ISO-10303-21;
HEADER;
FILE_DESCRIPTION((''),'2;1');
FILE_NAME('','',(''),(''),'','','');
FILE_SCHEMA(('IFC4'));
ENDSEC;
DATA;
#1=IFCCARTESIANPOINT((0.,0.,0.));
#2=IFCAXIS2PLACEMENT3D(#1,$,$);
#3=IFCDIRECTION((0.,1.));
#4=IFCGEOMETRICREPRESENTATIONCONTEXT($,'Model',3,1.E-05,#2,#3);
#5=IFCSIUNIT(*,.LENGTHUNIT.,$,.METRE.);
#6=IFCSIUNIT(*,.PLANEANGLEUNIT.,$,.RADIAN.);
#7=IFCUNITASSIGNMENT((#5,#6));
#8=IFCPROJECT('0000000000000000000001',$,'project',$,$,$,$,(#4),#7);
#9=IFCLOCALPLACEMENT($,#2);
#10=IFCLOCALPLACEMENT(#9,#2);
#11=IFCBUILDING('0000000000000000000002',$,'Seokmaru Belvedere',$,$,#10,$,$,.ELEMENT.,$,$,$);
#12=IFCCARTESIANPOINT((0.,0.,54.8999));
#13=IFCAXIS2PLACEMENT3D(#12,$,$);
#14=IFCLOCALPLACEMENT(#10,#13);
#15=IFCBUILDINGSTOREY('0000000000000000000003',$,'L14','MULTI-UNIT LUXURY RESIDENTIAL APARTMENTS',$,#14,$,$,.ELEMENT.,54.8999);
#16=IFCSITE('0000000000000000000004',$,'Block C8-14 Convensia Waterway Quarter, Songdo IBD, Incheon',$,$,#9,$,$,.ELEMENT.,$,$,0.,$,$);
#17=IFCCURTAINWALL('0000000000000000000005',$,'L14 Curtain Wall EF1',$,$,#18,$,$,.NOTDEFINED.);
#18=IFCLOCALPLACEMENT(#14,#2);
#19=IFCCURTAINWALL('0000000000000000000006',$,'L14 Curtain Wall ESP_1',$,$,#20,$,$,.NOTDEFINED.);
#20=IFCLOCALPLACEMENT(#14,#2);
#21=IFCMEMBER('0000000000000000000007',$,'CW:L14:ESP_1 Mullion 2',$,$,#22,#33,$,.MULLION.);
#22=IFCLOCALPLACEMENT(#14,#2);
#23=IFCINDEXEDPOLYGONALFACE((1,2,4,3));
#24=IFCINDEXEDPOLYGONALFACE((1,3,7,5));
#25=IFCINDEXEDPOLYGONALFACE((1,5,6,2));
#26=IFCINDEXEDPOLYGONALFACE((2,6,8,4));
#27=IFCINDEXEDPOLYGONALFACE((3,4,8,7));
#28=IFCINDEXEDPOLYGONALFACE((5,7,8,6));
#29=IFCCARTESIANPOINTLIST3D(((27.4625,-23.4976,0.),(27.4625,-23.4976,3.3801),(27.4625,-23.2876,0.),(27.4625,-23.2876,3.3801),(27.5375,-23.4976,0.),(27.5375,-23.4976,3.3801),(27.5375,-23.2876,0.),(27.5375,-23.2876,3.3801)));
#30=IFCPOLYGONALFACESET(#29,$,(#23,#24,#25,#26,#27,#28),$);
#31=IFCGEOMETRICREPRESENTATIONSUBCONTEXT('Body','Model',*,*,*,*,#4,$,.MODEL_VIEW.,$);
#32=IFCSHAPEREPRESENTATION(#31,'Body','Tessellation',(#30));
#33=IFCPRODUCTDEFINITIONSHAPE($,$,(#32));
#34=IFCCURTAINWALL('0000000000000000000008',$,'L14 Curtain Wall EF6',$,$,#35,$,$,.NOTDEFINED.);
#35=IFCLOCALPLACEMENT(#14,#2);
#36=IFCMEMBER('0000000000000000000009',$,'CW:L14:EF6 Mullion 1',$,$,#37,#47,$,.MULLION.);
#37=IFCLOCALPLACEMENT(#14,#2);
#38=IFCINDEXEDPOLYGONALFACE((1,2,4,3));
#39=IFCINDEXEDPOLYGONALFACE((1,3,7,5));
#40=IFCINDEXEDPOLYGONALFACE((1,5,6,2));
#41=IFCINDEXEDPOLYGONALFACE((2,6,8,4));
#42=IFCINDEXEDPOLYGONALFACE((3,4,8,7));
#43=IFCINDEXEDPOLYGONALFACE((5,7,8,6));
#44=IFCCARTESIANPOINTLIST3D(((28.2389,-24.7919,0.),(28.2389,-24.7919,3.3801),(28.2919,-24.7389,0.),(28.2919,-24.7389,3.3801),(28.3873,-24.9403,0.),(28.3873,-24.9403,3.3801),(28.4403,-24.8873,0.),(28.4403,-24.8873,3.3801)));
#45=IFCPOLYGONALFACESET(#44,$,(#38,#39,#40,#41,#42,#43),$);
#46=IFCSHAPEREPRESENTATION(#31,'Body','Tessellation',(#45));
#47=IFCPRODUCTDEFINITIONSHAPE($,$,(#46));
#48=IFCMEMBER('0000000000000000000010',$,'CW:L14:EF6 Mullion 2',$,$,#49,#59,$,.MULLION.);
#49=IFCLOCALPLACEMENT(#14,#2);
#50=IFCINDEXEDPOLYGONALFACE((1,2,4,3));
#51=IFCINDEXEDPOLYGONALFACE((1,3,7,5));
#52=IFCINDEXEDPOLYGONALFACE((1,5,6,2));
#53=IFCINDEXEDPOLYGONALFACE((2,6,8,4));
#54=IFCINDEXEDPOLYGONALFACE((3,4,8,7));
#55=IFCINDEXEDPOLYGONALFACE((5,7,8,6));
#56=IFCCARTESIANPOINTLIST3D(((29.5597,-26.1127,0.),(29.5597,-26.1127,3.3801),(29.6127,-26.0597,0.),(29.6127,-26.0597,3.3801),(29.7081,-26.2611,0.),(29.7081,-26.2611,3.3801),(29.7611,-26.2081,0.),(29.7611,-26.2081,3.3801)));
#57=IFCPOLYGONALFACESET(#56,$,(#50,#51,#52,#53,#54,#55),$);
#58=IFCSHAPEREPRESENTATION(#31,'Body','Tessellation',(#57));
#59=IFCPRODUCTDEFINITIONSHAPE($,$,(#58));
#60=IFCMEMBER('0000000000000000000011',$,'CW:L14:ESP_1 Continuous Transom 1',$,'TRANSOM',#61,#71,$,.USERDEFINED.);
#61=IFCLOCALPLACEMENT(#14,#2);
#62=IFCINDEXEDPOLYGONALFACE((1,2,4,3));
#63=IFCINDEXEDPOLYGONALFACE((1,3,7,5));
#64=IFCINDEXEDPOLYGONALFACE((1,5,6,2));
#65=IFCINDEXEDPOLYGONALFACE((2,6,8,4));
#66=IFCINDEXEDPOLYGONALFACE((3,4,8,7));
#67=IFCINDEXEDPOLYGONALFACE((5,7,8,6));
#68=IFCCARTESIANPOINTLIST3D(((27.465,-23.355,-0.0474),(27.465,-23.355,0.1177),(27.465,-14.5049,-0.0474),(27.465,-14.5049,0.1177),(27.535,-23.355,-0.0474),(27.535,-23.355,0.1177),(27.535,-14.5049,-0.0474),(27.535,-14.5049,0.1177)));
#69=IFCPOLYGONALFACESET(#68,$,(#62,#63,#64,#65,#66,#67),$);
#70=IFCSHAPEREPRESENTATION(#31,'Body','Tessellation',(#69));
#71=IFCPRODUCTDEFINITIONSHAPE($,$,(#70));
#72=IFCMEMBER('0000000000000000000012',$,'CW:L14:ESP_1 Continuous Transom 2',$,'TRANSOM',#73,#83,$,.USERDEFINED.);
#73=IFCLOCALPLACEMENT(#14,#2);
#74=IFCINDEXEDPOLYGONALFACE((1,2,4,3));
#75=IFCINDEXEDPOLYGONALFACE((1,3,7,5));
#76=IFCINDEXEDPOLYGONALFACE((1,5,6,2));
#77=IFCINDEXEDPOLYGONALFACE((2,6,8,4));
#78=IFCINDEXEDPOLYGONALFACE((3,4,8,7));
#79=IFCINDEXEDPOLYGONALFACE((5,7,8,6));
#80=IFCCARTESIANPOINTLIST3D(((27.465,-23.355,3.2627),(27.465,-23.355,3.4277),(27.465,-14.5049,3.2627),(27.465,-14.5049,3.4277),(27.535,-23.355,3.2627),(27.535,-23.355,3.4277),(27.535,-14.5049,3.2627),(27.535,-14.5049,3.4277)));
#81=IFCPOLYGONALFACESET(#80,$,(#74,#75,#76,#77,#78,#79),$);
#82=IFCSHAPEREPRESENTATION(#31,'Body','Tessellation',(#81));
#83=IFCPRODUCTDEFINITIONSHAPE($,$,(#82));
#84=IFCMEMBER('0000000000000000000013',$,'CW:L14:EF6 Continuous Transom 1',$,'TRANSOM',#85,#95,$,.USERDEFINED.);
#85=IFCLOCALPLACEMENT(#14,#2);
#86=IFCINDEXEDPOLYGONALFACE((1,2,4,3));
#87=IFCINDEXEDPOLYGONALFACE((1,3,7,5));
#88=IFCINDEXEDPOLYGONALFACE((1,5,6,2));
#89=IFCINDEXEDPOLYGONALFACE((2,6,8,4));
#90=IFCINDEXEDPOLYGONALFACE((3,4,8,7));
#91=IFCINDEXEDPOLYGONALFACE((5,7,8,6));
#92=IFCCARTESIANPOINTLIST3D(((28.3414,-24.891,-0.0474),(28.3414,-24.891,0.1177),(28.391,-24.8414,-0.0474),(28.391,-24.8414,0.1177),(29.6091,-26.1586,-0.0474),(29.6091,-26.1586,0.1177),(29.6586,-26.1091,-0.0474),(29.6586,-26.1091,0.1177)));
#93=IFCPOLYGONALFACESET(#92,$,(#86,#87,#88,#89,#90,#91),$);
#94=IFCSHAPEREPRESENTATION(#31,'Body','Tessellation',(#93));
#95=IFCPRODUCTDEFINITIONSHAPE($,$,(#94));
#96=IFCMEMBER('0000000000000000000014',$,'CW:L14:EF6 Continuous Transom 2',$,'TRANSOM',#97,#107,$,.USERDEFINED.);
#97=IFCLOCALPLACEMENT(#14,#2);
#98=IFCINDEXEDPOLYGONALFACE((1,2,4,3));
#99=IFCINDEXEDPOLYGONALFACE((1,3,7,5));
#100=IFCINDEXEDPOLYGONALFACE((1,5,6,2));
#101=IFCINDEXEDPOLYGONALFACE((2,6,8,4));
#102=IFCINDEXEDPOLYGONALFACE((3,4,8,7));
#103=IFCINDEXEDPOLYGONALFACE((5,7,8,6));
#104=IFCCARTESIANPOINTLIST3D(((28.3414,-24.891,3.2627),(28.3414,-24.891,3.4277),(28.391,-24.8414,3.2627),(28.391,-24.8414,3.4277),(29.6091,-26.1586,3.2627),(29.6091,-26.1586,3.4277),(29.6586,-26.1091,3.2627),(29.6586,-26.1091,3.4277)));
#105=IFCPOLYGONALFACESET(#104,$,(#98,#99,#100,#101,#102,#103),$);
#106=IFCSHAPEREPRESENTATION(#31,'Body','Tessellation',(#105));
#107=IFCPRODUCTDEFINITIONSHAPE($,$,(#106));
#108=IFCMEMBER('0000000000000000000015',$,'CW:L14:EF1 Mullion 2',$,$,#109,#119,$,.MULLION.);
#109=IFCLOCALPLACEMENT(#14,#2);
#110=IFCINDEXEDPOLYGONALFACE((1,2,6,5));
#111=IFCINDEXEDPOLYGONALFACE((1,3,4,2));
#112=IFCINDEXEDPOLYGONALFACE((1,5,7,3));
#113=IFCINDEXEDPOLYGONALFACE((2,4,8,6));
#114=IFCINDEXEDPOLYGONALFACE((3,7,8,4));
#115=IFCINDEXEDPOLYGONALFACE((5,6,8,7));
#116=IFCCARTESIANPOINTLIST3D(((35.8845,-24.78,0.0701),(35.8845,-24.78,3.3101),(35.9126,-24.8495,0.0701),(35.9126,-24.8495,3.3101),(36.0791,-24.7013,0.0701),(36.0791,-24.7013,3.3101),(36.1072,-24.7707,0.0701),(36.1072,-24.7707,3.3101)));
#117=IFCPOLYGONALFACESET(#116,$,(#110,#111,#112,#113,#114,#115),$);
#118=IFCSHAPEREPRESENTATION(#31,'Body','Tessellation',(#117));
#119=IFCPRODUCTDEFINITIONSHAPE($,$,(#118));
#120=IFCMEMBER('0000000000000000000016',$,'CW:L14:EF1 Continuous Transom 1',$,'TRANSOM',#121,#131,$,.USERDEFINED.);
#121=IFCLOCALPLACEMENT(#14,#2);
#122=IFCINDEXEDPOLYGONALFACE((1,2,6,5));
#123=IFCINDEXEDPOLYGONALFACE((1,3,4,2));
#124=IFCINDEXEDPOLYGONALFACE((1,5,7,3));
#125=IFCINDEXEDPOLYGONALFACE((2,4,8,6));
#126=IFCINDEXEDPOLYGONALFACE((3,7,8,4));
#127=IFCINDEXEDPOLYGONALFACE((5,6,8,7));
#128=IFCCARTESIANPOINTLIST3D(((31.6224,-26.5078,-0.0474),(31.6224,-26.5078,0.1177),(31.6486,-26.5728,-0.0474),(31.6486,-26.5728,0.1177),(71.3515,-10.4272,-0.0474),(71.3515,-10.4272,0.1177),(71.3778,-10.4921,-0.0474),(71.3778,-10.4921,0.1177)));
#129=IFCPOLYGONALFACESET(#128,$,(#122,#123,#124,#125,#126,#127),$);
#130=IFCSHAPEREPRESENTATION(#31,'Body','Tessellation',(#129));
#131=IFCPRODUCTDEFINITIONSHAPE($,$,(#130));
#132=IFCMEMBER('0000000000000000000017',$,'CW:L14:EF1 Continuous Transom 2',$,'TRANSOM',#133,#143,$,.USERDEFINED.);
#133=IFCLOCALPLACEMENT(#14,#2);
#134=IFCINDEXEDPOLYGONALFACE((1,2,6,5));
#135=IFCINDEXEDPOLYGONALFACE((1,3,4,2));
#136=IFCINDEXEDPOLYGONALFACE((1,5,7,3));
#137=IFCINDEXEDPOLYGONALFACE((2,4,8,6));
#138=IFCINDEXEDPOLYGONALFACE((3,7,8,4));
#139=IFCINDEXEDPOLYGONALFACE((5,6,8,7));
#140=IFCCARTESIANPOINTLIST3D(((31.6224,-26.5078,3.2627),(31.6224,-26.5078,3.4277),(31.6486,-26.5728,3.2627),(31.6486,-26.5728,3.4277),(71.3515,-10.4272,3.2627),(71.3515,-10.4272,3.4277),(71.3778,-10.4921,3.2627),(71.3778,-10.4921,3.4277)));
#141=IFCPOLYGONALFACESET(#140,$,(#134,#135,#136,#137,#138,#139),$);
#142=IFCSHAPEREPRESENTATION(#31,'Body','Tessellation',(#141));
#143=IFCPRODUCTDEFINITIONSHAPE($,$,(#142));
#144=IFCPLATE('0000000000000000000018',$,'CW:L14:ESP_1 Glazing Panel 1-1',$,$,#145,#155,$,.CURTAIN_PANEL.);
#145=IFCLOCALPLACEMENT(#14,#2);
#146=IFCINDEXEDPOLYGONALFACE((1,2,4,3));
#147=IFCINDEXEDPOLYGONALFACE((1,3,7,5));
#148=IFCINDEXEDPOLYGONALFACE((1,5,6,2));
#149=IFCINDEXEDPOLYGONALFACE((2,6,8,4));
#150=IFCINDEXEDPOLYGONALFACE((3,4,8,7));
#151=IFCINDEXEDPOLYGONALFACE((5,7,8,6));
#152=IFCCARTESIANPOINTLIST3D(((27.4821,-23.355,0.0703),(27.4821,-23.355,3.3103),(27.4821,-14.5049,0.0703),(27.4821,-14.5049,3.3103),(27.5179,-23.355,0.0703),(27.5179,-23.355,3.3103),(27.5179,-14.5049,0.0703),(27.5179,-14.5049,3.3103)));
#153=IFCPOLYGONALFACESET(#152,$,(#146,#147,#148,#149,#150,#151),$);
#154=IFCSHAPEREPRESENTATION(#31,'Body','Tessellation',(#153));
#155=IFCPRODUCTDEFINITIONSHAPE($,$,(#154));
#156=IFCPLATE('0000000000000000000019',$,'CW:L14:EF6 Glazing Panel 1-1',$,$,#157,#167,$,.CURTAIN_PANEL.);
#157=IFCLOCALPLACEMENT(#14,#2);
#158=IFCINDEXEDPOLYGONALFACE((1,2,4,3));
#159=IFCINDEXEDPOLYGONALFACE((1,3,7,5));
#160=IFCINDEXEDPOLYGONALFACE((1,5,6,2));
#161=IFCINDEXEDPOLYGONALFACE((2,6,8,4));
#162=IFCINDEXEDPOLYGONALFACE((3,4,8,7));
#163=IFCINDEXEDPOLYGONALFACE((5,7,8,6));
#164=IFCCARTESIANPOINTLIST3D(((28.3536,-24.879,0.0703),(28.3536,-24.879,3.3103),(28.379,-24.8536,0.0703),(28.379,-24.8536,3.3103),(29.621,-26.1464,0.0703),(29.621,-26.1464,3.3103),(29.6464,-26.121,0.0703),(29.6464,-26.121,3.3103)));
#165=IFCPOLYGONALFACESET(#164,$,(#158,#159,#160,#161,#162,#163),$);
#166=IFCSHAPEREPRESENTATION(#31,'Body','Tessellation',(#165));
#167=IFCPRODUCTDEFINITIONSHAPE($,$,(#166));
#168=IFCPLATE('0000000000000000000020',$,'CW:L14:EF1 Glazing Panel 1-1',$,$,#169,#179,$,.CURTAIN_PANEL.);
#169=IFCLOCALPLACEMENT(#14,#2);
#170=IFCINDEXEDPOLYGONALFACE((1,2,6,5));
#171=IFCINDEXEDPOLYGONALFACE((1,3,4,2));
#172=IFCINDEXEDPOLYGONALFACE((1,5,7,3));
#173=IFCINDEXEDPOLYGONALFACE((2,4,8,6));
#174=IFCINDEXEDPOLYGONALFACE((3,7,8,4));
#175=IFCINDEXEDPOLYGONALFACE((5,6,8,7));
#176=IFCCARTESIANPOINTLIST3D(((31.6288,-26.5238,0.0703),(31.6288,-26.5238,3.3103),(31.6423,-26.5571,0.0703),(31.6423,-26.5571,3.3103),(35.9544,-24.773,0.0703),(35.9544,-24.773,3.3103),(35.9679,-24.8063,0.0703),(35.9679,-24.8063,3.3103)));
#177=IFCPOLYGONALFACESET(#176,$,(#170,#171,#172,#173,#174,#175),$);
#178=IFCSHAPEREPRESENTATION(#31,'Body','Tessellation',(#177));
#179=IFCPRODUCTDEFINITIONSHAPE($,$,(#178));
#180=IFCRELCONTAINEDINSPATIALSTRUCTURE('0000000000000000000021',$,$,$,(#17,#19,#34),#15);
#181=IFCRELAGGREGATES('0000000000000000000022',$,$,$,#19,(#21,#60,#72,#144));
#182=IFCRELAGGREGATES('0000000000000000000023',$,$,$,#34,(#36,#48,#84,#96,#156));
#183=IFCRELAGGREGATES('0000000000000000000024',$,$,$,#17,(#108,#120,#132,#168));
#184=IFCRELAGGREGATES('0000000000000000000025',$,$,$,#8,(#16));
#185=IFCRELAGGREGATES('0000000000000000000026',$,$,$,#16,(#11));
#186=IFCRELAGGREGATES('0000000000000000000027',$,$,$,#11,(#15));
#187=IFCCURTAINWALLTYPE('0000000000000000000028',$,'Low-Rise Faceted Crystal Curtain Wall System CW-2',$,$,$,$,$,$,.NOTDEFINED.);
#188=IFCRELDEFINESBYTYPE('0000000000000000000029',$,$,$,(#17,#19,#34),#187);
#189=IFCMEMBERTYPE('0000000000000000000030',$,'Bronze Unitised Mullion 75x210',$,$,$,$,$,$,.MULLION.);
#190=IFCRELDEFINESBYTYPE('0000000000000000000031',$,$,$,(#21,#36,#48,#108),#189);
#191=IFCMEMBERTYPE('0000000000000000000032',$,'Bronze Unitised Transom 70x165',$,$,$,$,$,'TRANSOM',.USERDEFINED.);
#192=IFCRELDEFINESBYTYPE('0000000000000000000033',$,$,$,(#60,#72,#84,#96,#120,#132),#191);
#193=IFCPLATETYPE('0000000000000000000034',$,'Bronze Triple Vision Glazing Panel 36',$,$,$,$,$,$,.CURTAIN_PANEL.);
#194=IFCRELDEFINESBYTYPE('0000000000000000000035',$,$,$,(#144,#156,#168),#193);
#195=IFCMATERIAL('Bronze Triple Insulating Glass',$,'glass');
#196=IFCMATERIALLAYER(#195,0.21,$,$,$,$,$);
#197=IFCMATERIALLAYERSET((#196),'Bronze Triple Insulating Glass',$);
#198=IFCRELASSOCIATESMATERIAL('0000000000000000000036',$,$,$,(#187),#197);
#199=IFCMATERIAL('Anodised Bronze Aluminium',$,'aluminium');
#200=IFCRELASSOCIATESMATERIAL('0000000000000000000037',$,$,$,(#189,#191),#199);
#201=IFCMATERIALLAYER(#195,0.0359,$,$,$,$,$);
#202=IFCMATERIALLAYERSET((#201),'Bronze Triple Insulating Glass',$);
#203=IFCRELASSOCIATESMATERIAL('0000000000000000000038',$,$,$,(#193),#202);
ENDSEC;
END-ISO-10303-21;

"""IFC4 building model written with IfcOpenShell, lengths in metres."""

from ifc_helpers import new_model, si_unit, direction, frame, origin, origin_2d, place, context, subcontext, project, spatial, rectangle, extrude, source, transform, mapped, material, layer, layer_set, material_profile, profile_set, type_object, type_shapes, element, aggregate, save


model = new_model("IFC4")

# Units and contexts
model_context = context("Model", 3, precision=1e-05, world=origin(), true_north=direction((0.0, 1.0)))
body_context = subcontext(model_context, "Body", "Model", "MODEL_VIEW")
ifc_project = project(units=[si_unit("LENGTHUNIT", "METRE"), si_unit("PLANEANGLEUNIT", "RADIAN")], contexts=[model_context])

# Site, building, storey
site_placement = place(None, origin())
site = spatial("IfcSite", under=ifc_project, at=site_placement, Name="Block C8-14 Convensia Waterway Quarter, Songdo IBD, Incheon", CompositionType="ELEMENT", RefElevation=0.0)
building_placement = place(site_placement, origin())
building = spatial("IfcBuilding", under=site, at=building_placement, Name="Seokmaru Belvedere", CompositionType="ELEMENT")
storey_placement = place(building_placement, frame((0.0, 0.0, 54.8999)))
storey = spatial("IfcBuildingStorey", under=building, at=storey_placement, Name="L14", Description="MULTI-UNIT LUXURY RESIDENTIAL APARTMENTS", CompositionType="ELEMENT", Elevation=54.8999)

# Curtain wall
ifc_material_1 = material(Name="Bronze Triple Insulating Glass", Category="glass")
ifc_layer_1 = layer(ifc_material_1, 0.21)
ifc_layer_set_1 = layer_set([ifc_layer_1], Name="Bronze Triple Insulating Glass")
curtain_wall_type = type_object("IfcCurtainWallType", Name="Low-Rise Faceted Crystal Curtain Wall System CW-2", PredefinedType="NOTDEFINED", material=ifc_layer_set_1)
curtain_wall_1_placement = place(storey_placement, origin())
curtain_wall_1 = element("IfcCurtainWall", 1, at=curtain_wall_1_placement, inside=storey, type_object=curtain_wall_type, Name="L14 Curtain Wall EF1", PredefinedType="NOTDEFINED")
ifc_material_2 = material(Name="Anodised Bronze Aluminium", Category="aluminium")
ifc_material_profile_1 = material_profile(ifc_material_2, rectangle(XDim=0.075, YDim=0.21, at=origin_2d()), Name="CW-M-75x210")
ifc_profile_set_1 = profile_set([ifc_material_profile_1], Name="Anodised Bronze Aluminium")
member_type_1 = type_object("IfcMemberType", Name="Bronze Unitised Mullion 75x210", PredefinedType="MULLION", material=ifc_profile_set_1)
shared_shape_1 = source(origin(), body_context, "Body", "SweptSolid", [
    extrude(rectangle(XDim=0.075, YDim=0.21, at=origin_2d()), origin(), (0.0, 0.0, 1.0), 3.3801),
])

# Curtain walls, members
curtain_wall_2_placement = place(storey_placement, origin())
curtain_wall_2 = element("IfcCurtainWall", 2, at=curtain_wall_2_placement, inside=storey, type_object=curtain_wall_type, Name="L14 Curtain Wall ESP_1", PredefinedType="NOTDEFINED")
member_1_placement = place(storey_placement, frame((27.5, -23.3926, 0.0), z_axis=(0.0, 0.0, 1.0), x_axis=(1.0, 0.0, 0.0)))
member_1 = element("IfcMember", 3, at=member_1_placement, type_object=member_type_1, Name="CW:L14:ESP_1 Mullion 2", PredefinedType="MULLION", context=body_context, shape_type="MappedRepresentation", body=[
    mapped(shared_shape_1, transform((0.0, 0.0, 0.0), scale=1.0)),
])
curtain_wall_3_placement = place(storey_placement, origin())
curtain_wall_3 = element("IfcCurtainWall", 4, at=curtain_wall_3_placement, inside=storey, type_object=curtain_wall_type, Name="L14 Curtain Wall EF6", PredefinedType="NOTDEFINED")
member_2_placement = place(storey_placement, frame((28.3396, -24.8396, 0.0), z_axis=(0.0, 0.0, 1.0), x_axis=(0.707107, 0.707107, 0.0)))
member_2 = element("IfcMember", 5, at=member_2_placement, type_object=member_type_1, Name="CW:L14:EF6 Mullion 1", PredefinedType="MULLION", context=body_context, shape_type="MappedRepresentation", body=[
    mapped(shared_shape_1, transform((0.0, 0.0, 0.0), scale=1.0)),
])
member_3_placement = place(storey_placement, frame((29.6604, -26.1604, 0.0), z_axis=(0.0, 0.0, 1.0), x_axis=(0.707107, 0.707107, 0.0)))
member_3 = element("IfcMember", 6, at=member_3_placement, type_object=member_type_1, Name="CW:L14:EF6 Mullion 2", PredefinedType="MULLION", context=body_context, shape_type="MappedRepresentation", body=[
    mapped(shared_shape_1, transform((0.0, 0.0, 0.0), scale=1.0)),
])

# Members
ifc_material_profile_2 = material_profile(ifc_material_2, rectangle(XDim=0.0701, YDim=0.165, at=origin_2d()), Name="CW-T-70x165")
ifc_profile_set_2 = profile_set([ifc_material_profile_2], Name="Anodised Bronze Aluminium")
member_type_2 = type_object("IfcMemberType", Name="Bronze Unitised Transom 70x165", ElementType="TRANSOM", PredefinedType="USERDEFINED", material=ifc_profile_set_2)
shared_shape_2 = source(origin(), body_context, "Body", "SweptSolid", [
    extrude(rectangle(XDim=0.0701, YDim=0.165, at=origin_2d()), origin(), (0.0, 0.0, 1.0), 8.8501),
])
member_4_placement = place(storey_placement, frame((27.5, -14.5049, 0.0352), z_axis=(0.0, -1.0, 0.0), x_axis=(1.0, 0.0, 0.0)))
member_4 = element("IfcMember", 7, at=member_4_placement, type_object=member_type_2, Name="CW:L14:ESP_1 Continuous Transom 1", ObjectType="TRANSOM", PredefinedType="USERDEFINED", context=body_context, shape_type="MappedRepresentation", body=[
    mapped(shared_shape_2, transform((0.0, 0.0, 0.0), scale=1.0)),
])
member_5_placement = place(storey_placement, frame((27.5, -14.5049, 3.3452), z_axis=(0.0, -1.0, 0.0), x_axis=(1.0, 0.0, 0.0)))
member_5 = element("IfcMember", 8, at=member_5_placement, type_object=member_type_2, Name="CW:L14:ESP_1 Continuous Transom 2", ObjectType="TRANSOM", PredefinedType="USERDEFINED", context=body_context, shape_type="MappedRepresentation", body=[
    mapped(shared_shape_2, transform((0.0, 0.0, 0.0), scale=1.0)),
])
shared_shape_3 = source(origin(), body_context, "Body", "SweptSolid", [
    extrude(rectangle(XDim=0.0701, YDim=0.165, at=origin_2d()), origin(), (0.0, 0.0, 1.0), 1.7927),
])
member_6_placement = place(storey_placement, frame((28.3662, -24.8662, 0.0352), z_axis=(0.707107, -0.707107, 0.0), x_axis=(0.707107, 0.707107, 0.0)))
member_6 = element("IfcMember", 9, at=member_6_placement, type_object=member_type_2, Name="CW:L14:EF6 Continuous Transom 1", ObjectType="TRANSOM", PredefinedType="USERDEFINED", context=body_context, shape_type="MappedRepresentation", body=[
    mapped(shared_shape_3, transform((0.0, 0.0, 0.0), scale=1.0)),
])
member_7_placement = place(storey_placement, frame((28.3662, -24.8662, 3.3452), z_axis=(0.707107, -0.707107, 0.0), x_axis=(0.707107, 0.707107, 0.0)))
member_7 = element("IfcMember", 10, at=member_7_placement, type_object=member_type_2, Name="CW:L14:EF6 Continuous Transom 2", ObjectType="TRANSOM", PredefinedType="USERDEFINED", context=body_context, shape_type="MappedRepresentation", body=[
    mapped(shared_shape_3, transform((0.0, 0.0, 0.0), scale=1.0)),
])
shared_shape_4 = source(origin(), body_context, "Body", "SweptSolid", [
    extrude(rectangle(XDim=0.075, YDim=0.21, at=origin_2d()), origin(), (0.0, 0.0, 1.0), 3.24),
])
type_shapes(member_type_1, [shared_shape_1, shared_shape_4])
member_8_placement = place(storey_placement, frame((35.9958, -24.7754, 0.0701), z_axis=(0.0, 0.0, 1.0), x_axis=(-0.375192, 0.926947, 0.0)))
member_8 = element("IfcMember", 11, at=member_8_placement, type_object=member_type_1, Name="CW:L14:EF1 Mullion 2", PredefinedType="MULLION", context=body_context, shape_type="MappedRepresentation", body=[
    mapped(shared_shape_4, transform((0.0, 0.0, 0.0), scale=1.0)),
])
shared_shape_5 = source(origin(), body_context, "Body", "SweptSolid", [
    extrude(rectangle(XDim=0.0701, YDim=0.165, at=origin_2d()), origin(), (0.0, 0.0, 1.0), 42.8601),
])
type_shapes(member_type_2, [shared_shape_2, shared_shape_3, shared_shape_5])
member_9_placement = place(storey_placement, frame((31.6355, -26.5403, 0.0352), z_axis=(0.926949, 0.375188, 0.0), x_axis=(-0.375188, 0.926949, 0.0)))
member_9 = element("IfcMember", 12, at=member_9_placement, type_object=member_type_2, Name="CW:L14:EF1 Continuous Transom 1", ObjectType="TRANSOM", PredefinedType="USERDEFINED", context=body_context, shape_type="MappedRepresentation", body=[
    mapped(shared_shape_5, transform((0.0, 0.0, 0.0), scale=1.0)),
])
member_10_placement = place(storey_placement, frame((31.6355, -26.5403, 3.3452), z_axis=(0.926949, 0.375188, 0.0), x_axis=(-0.375188, 0.926949, 0.0)))
member_10 = element("IfcMember", 13, at=member_10_placement, type_object=member_type_2, Name="CW:L14:EF1 Continuous Transom 2", ObjectType="TRANSOM", PredefinedType="USERDEFINED", context=body_context, shape_type="MappedRepresentation", body=[
    mapped(shared_shape_5, transform((0.0, 0.0, 0.0), scale=1.0)),
])

# Plates
ifc_layer_2 = layer(ifc_material_1, 0.0359)
ifc_layer_set_2 = layer_set([ifc_layer_2], Name="Bronze Triple Insulating Glass")
plate_type = type_object("IfcPlateType", Name="Bronze Triple Vision Glazing Panel 36", PredefinedType="CURTAIN_PANEL", material=ifc_layer_set_2)
shared_shape_6 = source(origin(), body_context, "Body", "SweptSolid", [
    extrude(rectangle(XDim=8.8501, YDim=0.0359, at=origin_2d()), origin(), (0.0, 0.0, 1.0), 3.24),
])
plate_1_placement = place(storey_placement, frame((27.5, -18.9299, 0.0703), z_axis=(0.0, 0.0, 1.0), x_axis=(0.0, -1.0, 0.0)))
plate_1 = element("IfcPlate", 14, at=plate_1_placement, type_object=plate_type, Name="CW:L14:ESP_1 Glazing Panel 1-1", PredefinedType="CURTAIN_PANEL", context=body_context, shape_type="MappedRepresentation", body=[
    mapped(shared_shape_6, transform((0.0, 0.0, 0.0), scale=1.0)),
])
aggregate(curtain_wall_2, [member_1, member_4, member_5, plate_1])
shared_shape_7 = source(origin(), body_context, "Body", "SweptSolid", [
    extrude(rectangle(XDim=1.7925, YDim=0.0359, at=origin_2d()), origin(), (0.0, 0.0, 1.0), 3.24),
])
plate_2_placement = place(storey_placement, frame((29.0, -25.5, 0.0703), z_axis=(0.0, 0.0, 1.0), x_axis=(0.707107, -0.707107, 0.0)))
plate_2 = element("IfcPlate", 15, at=plate_2_placement, type_object=plate_type, Name="CW:L14:EF6 Glazing Panel 1-1", PredefinedType="CURTAIN_PANEL", context=body_context, shape_type="MappedRepresentation", body=[
    mapped(shared_shape_7, transform((0.0, 0.0, 0.0), scale=1.0)),
])
aggregate(curtain_wall_3, [member_2, member_3, member_6, member_7, plate_2])
shared_shape_8 = source(origin(), body_context, "Body", "SweptSolid", [
    extrude(rectangle(XDim=4.6665, YDim=0.0359, at=origin_2d()), origin(), (0.0, 0.0, 1.0), 3.24),
])
plate_3_placement = place(storey_placement, frame((33.7983, -25.665, 0.0703), z_axis=(0.0, 0.0, 1.0), x_axis=(0.926947, 0.375192, 0.0)))
plate_3 = element("IfcPlate", 16, at=plate_3_placement, type_object=plate_type, Name="CW:L14:EF1 Glazing Panel 1-1", PredefinedType="CURTAIN_PANEL", context=body_context, shape_type="MappedRepresentation", body=[
    mapped(shared_shape_8, transform((0.0, 0.0, 0.0), scale=1.0)),
])
aggregate(curtain_wall_1, [member_8, member_9, member_10, plate_3])

save(model, "model.ifc")
